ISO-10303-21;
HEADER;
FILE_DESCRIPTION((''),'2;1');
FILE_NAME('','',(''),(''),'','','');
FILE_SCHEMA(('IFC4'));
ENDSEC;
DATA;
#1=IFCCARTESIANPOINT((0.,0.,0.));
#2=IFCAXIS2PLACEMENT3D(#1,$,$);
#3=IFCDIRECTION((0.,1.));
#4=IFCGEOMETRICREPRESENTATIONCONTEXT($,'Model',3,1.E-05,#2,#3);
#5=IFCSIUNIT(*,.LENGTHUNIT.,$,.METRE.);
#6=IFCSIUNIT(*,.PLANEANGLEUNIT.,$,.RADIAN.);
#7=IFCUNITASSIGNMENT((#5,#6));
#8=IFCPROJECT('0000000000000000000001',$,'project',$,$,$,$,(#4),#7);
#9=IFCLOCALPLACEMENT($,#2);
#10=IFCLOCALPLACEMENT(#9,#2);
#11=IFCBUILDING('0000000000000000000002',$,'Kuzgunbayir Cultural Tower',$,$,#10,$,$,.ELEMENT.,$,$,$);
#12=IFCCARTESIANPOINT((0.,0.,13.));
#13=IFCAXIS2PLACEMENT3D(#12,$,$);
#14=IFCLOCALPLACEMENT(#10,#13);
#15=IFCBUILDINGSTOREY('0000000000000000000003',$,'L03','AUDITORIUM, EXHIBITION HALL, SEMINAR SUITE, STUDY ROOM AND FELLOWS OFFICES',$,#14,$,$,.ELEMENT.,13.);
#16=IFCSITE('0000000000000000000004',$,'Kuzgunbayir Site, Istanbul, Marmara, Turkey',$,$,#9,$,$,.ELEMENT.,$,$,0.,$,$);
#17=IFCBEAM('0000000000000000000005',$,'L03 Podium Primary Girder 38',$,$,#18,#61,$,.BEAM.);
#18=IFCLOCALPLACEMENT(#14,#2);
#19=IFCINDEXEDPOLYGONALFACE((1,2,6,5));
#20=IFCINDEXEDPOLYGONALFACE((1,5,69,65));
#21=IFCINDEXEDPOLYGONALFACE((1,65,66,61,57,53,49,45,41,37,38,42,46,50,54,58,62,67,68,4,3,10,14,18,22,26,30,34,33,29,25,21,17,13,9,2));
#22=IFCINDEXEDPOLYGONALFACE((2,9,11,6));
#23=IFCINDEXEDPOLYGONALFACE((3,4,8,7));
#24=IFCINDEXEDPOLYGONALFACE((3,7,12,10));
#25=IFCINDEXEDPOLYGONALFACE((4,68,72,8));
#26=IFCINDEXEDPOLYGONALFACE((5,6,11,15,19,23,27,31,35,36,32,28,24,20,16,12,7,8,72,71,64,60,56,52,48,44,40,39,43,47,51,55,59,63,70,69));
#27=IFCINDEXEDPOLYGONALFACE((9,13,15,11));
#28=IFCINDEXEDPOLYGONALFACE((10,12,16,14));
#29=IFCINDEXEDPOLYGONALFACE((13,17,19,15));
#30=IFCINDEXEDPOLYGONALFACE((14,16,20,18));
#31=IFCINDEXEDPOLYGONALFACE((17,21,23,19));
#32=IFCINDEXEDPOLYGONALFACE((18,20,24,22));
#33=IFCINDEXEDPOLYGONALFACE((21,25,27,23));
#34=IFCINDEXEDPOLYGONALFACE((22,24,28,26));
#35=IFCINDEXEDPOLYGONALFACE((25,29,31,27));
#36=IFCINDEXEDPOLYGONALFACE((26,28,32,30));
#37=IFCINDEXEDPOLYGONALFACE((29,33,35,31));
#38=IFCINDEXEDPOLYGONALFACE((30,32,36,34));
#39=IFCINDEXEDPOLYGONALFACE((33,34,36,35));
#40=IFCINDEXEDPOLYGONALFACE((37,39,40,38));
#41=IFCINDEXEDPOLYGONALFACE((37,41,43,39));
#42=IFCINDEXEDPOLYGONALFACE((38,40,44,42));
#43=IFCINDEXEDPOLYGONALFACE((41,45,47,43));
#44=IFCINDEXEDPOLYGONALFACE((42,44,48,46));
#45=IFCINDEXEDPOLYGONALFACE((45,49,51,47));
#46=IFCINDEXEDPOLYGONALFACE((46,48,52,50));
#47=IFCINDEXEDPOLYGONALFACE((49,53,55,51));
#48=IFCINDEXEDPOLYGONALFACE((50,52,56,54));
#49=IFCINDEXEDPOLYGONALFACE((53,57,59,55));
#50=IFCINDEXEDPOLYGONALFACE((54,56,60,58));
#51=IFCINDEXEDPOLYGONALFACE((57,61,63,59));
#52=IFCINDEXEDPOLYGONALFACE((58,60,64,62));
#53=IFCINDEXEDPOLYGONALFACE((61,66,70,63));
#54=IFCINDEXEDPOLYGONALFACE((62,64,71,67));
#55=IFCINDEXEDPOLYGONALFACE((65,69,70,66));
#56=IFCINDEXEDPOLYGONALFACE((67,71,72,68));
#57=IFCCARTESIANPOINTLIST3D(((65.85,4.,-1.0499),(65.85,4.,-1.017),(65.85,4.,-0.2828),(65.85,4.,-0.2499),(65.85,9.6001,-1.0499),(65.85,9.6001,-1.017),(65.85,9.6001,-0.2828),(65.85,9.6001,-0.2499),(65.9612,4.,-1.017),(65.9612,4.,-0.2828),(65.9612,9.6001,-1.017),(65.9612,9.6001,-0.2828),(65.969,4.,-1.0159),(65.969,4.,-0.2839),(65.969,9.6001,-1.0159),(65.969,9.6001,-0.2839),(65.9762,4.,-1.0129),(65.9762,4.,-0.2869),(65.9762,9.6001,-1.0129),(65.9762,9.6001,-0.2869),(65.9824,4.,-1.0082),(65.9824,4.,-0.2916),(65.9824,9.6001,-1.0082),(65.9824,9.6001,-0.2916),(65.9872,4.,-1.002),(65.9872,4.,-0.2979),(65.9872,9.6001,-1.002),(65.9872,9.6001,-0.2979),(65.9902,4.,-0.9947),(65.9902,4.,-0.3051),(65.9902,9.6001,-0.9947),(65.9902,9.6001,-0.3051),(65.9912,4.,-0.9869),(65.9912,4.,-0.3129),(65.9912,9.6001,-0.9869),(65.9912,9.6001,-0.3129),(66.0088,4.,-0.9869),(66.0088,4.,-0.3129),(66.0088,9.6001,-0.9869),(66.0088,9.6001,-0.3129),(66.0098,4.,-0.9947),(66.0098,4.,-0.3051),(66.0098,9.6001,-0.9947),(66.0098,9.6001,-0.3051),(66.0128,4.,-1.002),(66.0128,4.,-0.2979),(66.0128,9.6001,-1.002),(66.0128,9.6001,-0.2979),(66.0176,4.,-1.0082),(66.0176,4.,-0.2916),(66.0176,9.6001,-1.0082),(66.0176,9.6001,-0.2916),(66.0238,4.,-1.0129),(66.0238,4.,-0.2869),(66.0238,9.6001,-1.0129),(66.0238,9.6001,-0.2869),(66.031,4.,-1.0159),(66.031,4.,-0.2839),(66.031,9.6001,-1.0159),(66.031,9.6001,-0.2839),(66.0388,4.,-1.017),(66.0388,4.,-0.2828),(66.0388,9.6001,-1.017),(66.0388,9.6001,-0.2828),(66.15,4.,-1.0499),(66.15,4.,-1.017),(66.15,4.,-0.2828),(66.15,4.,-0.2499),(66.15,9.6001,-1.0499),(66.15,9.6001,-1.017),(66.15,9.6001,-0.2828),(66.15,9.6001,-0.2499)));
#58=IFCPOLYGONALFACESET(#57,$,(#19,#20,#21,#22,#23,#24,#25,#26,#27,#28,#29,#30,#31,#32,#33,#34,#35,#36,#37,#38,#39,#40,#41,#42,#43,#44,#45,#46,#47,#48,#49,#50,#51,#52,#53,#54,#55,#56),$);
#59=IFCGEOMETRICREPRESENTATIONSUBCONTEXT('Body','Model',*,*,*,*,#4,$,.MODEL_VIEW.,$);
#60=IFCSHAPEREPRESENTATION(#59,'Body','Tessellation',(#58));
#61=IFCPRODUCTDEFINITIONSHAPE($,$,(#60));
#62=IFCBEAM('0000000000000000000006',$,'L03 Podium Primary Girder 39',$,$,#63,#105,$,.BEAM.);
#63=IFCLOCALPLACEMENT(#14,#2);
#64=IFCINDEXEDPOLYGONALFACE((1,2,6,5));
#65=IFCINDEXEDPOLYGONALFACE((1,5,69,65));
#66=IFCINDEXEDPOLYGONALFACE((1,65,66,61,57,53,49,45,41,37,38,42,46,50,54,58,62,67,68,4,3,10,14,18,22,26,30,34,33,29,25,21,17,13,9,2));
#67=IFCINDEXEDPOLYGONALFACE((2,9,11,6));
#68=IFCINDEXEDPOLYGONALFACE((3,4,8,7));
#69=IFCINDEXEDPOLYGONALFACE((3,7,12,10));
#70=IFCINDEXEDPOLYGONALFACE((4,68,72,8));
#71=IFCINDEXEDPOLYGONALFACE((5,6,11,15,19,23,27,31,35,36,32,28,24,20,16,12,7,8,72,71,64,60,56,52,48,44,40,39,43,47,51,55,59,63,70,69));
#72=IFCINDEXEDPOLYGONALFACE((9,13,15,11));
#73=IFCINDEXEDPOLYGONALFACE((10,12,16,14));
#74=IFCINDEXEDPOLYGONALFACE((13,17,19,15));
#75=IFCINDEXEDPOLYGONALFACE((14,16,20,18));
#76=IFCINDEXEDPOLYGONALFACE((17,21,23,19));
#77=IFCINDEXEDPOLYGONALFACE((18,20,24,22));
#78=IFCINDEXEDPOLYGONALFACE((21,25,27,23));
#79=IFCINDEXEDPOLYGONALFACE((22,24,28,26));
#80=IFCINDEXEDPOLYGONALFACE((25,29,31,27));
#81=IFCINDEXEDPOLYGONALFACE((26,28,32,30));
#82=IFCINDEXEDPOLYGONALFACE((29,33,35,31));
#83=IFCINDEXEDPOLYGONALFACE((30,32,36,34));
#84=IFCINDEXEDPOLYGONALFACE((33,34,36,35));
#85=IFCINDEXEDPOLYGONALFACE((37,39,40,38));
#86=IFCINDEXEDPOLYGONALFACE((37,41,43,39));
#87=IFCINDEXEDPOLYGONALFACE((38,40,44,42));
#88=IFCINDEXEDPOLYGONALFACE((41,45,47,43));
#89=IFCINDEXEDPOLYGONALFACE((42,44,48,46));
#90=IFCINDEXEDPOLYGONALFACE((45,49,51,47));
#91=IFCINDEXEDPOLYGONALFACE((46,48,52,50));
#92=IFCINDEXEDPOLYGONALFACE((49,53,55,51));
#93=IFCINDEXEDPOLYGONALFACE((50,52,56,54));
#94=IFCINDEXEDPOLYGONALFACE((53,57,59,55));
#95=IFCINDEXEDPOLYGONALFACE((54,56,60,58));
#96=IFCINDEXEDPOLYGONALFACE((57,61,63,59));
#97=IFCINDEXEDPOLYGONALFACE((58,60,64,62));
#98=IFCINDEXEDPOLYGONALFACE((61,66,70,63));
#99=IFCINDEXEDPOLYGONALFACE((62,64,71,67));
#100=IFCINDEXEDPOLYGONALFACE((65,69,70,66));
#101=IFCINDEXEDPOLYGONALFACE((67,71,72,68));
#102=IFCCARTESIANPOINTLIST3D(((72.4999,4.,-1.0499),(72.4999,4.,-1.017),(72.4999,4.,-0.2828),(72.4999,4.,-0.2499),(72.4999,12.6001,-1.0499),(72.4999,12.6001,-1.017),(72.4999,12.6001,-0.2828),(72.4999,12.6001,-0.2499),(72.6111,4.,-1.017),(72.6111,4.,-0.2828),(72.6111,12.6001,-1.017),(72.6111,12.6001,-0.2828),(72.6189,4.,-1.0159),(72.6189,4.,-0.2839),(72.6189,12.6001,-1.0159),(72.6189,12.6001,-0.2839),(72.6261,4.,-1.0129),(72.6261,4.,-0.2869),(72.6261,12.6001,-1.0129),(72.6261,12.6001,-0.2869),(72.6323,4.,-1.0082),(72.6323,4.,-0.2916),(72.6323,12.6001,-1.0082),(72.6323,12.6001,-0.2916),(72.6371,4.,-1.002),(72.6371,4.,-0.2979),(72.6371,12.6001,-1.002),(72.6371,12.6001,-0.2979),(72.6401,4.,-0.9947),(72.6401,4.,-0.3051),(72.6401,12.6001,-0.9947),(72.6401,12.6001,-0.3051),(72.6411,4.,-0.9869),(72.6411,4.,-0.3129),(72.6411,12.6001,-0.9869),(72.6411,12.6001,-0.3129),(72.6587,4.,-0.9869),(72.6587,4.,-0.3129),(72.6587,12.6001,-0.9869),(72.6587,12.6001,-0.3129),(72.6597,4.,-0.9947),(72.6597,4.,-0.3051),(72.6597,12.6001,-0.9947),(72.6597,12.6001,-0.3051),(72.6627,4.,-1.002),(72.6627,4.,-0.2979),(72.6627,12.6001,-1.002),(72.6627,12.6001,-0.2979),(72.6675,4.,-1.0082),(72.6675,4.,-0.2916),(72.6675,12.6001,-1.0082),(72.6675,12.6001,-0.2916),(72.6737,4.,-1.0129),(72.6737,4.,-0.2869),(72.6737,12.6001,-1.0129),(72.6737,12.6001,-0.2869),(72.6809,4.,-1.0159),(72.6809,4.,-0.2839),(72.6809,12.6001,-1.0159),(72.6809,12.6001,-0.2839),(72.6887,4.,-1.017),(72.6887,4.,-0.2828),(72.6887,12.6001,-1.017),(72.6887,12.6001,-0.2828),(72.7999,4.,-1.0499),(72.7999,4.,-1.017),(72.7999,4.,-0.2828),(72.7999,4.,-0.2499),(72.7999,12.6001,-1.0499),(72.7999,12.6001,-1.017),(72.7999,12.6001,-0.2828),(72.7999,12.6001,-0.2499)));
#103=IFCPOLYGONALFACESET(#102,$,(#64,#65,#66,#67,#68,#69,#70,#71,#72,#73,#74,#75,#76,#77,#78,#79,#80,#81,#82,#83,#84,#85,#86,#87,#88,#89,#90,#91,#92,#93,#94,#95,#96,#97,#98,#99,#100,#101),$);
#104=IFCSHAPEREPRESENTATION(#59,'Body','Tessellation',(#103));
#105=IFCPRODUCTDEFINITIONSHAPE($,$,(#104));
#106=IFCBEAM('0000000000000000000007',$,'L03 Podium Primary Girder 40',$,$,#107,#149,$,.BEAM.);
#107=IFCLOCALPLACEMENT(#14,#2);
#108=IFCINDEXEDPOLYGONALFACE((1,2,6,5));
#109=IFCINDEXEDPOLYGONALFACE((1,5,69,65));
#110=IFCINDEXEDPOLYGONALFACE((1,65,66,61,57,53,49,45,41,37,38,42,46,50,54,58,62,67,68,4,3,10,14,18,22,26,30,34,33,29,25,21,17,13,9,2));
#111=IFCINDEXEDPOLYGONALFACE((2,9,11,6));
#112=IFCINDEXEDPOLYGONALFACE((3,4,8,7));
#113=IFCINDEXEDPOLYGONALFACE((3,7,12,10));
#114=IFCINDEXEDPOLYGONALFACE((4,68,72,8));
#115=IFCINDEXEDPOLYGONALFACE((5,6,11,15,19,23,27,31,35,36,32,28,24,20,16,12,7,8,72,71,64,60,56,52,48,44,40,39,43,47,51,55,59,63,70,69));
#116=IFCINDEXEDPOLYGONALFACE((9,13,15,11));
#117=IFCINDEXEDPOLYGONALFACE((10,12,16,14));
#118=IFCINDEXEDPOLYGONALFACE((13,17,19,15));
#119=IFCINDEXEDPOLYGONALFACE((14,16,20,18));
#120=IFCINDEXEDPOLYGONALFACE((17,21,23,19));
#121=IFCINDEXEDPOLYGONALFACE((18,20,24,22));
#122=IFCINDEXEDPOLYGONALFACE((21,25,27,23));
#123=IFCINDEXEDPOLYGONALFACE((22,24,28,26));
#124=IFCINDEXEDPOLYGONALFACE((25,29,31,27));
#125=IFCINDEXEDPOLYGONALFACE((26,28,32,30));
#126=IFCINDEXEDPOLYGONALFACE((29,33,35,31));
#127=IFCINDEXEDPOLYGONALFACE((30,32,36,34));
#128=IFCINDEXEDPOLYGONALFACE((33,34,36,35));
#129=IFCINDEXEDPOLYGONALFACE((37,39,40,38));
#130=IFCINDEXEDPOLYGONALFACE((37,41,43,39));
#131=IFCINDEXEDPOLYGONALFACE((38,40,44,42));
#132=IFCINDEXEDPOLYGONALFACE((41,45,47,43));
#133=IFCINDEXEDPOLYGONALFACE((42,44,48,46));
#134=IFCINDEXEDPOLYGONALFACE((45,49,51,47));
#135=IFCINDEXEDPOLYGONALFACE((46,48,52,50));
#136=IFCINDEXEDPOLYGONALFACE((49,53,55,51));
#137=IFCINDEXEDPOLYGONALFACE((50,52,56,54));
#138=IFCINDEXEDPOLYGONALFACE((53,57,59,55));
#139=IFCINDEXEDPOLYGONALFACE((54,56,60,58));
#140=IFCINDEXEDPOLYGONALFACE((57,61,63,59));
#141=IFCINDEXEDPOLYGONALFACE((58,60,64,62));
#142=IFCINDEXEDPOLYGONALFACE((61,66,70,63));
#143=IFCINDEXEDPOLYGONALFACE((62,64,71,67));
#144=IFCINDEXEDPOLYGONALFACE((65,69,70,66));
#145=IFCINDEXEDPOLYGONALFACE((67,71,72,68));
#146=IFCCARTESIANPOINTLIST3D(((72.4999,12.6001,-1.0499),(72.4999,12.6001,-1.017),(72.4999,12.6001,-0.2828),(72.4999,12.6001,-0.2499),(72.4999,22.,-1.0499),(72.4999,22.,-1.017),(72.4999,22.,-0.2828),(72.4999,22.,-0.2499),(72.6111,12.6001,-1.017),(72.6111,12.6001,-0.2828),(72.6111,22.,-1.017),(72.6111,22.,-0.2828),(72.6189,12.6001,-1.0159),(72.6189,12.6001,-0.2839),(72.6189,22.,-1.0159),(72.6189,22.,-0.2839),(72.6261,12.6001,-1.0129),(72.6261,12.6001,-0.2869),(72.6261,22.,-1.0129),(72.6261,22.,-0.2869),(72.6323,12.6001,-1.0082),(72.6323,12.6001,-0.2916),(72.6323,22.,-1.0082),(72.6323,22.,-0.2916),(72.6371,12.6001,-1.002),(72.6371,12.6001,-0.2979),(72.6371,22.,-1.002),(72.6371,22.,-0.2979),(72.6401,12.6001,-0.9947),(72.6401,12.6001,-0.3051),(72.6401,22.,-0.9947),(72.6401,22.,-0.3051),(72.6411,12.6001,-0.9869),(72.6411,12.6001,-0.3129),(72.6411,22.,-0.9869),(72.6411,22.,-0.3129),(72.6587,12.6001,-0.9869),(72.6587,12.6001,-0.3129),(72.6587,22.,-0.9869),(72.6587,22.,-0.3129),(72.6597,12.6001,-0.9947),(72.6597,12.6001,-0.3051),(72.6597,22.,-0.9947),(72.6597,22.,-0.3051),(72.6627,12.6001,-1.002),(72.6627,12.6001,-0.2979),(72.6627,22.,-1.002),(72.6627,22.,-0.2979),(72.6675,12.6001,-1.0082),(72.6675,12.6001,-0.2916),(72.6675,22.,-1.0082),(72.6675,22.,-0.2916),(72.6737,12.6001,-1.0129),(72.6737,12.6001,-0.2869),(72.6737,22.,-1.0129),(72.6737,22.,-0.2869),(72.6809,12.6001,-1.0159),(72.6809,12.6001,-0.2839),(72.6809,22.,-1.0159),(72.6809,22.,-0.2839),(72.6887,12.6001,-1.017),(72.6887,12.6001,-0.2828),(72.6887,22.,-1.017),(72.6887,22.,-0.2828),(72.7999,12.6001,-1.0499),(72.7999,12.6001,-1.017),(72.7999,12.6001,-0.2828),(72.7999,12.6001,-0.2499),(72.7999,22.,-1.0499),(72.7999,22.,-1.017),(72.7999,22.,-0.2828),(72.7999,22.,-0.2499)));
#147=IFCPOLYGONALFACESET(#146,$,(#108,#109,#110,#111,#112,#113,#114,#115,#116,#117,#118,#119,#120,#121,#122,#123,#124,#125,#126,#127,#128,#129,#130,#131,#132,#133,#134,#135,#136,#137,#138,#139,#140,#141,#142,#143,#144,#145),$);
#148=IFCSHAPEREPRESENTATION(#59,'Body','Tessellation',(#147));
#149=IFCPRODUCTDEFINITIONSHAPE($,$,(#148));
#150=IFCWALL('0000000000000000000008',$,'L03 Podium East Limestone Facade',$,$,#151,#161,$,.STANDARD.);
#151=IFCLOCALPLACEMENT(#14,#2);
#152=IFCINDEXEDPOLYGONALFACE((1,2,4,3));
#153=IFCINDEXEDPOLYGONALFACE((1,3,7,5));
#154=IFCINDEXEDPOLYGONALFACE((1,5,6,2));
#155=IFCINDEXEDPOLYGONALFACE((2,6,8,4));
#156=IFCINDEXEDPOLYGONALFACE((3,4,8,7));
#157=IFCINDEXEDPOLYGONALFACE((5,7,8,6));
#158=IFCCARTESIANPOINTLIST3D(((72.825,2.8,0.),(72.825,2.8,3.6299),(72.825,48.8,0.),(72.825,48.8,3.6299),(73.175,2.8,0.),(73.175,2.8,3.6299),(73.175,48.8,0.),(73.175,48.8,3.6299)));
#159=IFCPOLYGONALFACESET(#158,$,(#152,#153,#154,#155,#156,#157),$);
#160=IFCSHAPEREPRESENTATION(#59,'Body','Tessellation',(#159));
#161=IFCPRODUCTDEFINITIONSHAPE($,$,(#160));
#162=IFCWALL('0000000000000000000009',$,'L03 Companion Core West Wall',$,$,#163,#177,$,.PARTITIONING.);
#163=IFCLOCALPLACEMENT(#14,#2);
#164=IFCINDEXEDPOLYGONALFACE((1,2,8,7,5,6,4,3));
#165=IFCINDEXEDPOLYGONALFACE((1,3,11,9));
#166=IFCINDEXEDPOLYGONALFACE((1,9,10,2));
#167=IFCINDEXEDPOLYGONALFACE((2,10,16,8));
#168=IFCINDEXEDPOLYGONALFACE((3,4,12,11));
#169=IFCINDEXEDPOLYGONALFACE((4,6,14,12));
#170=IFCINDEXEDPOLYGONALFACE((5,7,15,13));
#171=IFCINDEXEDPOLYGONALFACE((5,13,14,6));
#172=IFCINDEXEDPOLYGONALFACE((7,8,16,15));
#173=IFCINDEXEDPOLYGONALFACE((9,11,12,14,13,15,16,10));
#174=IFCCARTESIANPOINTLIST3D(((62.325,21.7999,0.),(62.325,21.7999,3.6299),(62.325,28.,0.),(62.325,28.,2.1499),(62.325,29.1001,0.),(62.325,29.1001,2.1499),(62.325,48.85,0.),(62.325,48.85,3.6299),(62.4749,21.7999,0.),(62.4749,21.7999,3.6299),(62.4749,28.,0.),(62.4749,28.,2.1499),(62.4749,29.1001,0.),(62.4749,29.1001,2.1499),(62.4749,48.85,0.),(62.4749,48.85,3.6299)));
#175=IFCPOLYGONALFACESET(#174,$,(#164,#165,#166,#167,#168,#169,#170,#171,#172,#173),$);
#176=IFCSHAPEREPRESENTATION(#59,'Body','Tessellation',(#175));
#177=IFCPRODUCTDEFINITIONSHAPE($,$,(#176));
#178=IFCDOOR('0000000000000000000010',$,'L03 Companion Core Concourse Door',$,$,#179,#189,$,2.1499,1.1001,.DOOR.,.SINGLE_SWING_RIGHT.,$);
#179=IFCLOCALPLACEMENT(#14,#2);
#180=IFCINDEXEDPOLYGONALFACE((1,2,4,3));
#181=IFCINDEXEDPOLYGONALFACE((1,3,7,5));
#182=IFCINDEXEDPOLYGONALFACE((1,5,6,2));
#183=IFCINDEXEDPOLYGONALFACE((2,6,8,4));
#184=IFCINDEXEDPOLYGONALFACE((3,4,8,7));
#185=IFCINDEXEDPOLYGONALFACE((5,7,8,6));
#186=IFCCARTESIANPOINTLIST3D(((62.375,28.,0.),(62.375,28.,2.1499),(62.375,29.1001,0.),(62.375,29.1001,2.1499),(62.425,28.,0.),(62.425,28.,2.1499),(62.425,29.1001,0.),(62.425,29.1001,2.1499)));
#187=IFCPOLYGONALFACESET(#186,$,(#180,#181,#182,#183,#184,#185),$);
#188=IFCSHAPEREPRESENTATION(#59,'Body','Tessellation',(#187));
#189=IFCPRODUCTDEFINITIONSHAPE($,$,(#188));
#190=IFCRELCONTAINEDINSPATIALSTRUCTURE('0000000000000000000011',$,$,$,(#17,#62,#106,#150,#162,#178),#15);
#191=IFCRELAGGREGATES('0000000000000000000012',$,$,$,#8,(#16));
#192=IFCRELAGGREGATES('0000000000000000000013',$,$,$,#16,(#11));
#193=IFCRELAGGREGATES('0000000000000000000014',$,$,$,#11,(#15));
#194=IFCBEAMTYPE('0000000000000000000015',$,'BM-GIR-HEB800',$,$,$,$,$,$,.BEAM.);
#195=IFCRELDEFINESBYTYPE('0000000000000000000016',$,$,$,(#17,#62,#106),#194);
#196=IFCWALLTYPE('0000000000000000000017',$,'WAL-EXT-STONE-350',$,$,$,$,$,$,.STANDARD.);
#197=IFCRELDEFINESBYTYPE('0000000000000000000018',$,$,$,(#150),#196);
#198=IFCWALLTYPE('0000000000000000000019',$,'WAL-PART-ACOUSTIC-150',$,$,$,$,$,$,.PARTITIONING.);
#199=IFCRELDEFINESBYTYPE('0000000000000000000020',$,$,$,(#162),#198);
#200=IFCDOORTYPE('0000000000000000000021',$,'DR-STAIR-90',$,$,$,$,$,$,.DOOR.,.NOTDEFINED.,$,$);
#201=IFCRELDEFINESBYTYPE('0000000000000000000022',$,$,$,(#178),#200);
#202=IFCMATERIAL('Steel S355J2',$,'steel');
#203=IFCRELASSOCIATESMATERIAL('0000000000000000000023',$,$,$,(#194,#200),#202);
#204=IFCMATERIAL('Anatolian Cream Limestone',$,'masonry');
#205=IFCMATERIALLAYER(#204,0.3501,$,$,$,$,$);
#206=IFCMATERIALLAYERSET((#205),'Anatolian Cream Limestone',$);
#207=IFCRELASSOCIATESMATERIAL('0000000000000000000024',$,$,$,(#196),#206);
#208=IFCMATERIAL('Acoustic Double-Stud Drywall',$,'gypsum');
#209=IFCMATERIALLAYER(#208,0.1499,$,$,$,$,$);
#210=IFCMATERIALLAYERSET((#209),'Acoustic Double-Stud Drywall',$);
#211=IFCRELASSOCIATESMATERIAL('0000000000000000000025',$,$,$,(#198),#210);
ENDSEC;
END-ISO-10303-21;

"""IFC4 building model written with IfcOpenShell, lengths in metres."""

from ifc_helpers import new_model, si_unit, direction, frame, frame_2d, origin, origin_2d, place, context, subcontext, project, spatial, rectangle, i_section, extrude, material, layer, layer_set, material_profile, profile_set, type_object, element, fill, save


model = new_model("IFC4")

# Units and contexts
model_context = context("Model", 3, precision=1e-05, world=origin(), true_north=direction((0.0, 1.0)))
body_context = subcontext(model_context, "Body", "Model", "MODEL_VIEW")
ifc_project = project(units=[si_unit("LENGTHUNIT", "METRE"), si_unit("PLANEANGLEUNIT", "RADIAN")], contexts=[model_context])

# Site, building, storey
site_placement = place(None, origin())
site = spatial("IfcSite", under=ifc_project, at=site_placement, Name="Kuzgunbayir Site, Istanbul, Marmara, Turkey", CompositionType="ELEMENT", RefElevation=0.0)
building_placement = place(site_placement, origin())
building = spatial("IfcBuilding", under=site, at=building_placement, Name="Kuzgunbayir Cultural Tower", CompositionType="ELEMENT")
storey_placement = place(building_placement, frame((0.0, 0.0, 13.0)))
storey = spatial("IfcBuildingStorey", under=building, at=storey_placement, Name="L03", Description="AUDITORIUM, EXHIBITION HALL, SEMINAR SUITE, STUDY ROOM AND FELLOWS OFFICES", CompositionType="ELEMENT", Elevation=13.0)

# Beams
ifc_material_1 = material(Name="Steel S355J2", Category="steel")
ifc_material_profile_1 = material_profile(ifc_material_1, i_section(OverallWidth=0.3, OverallDepth=0.8, WebThickness=0.0176, FlangeThickness=0.033, FilletRadius=0.03, at=origin_2d()), Name="HEB 800")
ifc_profile_set_1 = profile_set([ifc_material_profile_1], Name="Steel S355J2")
beam_type = type_object("IfcBeamType", Name="BM-GIR-HEB800", PredefinedType="BEAM", material=ifc_profile_set_1)
for number, where, z_axis, x_axis, name in (
    (1, (66.0, 4.0, -0.6499), (0.0, 1.0, 0.0), (-1.0, 0.0, 0.0), "L03 Podium Primary Girder 38"),
):
    element("IfcBeam", number, at=place(storey_placement, frame(where, z_axis=z_axis, x_axis=x_axis)), inside=storey, type_object=beam_type, Name=name, PredefinedType="BEAM", context=body_context, shape_type="SweptSolid", body=[
        extrude(i_section(OverallWidth=0.3, OverallDepth=0.8, WebThickness=0.0176, FlangeThickness=0.033, FilletRadius=0.03, at=origin_2d()), origin(), (0.0, 0.0, 1.0), 5.6001),
    ])
beam_1_placement = place(storey_placement, frame((72.6499, 4.0, -0.6499), z_axis=(0.0, 1.0, 0.0), x_axis=(-1.0, 0.0, 0.0)))
element("IfcBeam", 2, at=beam_1_placement, inside=storey, type_object=beam_type, Name="L03 Podium Primary Girder 39", PredefinedType="BEAM", context=body_context, shape_type="SweptSolid", body=[
    extrude(i_section(OverallWidth=0.3, OverallDepth=0.8, WebThickness=0.0176, FlangeThickness=0.033, FilletRadius=0.03, at=origin_2d()), origin(), (0.0, 0.0, 1.0), 8.6001),
])
beam_2_placement = place(storey_placement, frame((72.6499, 12.6001, -0.6499), z_axis=(0.0, 1.0, 0.0), x_axis=(-1.0, 0.0, 0.0)))
element("IfcBeam", 3, at=beam_2_placement, inside=storey, type_object=beam_type, Name="L03 Podium Primary Girder 40", PredefinedType="BEAM", context=body_context, shape_type="SweptSolid", body=[
    extrude(i_section(OverallWidth=0.3, OverallDepth=0.8, WebThickness=0.0176, FlangeThickness=0.033, FilletRadius=0.03, at=origin_2d()), origin(), (0.0, 0.0, 1.0), 9.3999),
])

# Wall
ifc_material_2 = material(Name="Anatolian Cream Limestone", Category="masonry")
ifc_layer_1 = layer(ifc_material_2, 0.3501)
ifc_layer_set_1 = layer_set([ifc_layer_1], Name="Anatolian Cream Limestone")
wall_type_1 = type_object("IfcWallType", Name="WAL-EXT-STONE-350", PredefinedType="STANDARD", material=ifc_layer_set_1)
wall_1_placement = place(storey_placement, frame((73.0, 2.8, 0.0), z_axis=(0.0, 0.0, 1.0), x_axis=(0.0, 1.0, 0.0)))
element("IfcWall", 4, at=wall_1_placement, inside=storey, type_object=wall_type_1, Name="L03 Podium East Limestone Facade", PredefinedType="STANDARD", context=body_context, shape_type="SweptSolid", body=[
    extrude(rectangle(XDim=46.0, YDim=0.3501, at=frame_2d((23.0, 0.0))), origin(), (0.0, 0.0, 1.0), 3.6299),
])

# Wall, opening, door
ifc_material_3 = material(Name="Acoustic Double-Stud Drywall", Category="gypsum")
ifc_layer_2 = layer(ifc_material_3, 0.1499)
ifc_layer_set_2 = layer_set([ifc_layer_2], Name="Acoustic Double-Stud Drywall")
wall_type_2 = type_object("IfcWallType", Name="WAL-PART-ACOUSTIC-150", PredefinedType="PARTITIONING", material=ifc_layer_set_2)
wall_2_placement = place(storey_placement, frame((62.3999, 21.8, 0.0), z_axis=(0.0, 0.0, 1.0), x_axis=(0.0, 1.0, 0.0)))
wall_2 = element("IfcWall", 5, at=wall_2_placement, inside=storey, type_object=wall_type_2, Name="L03 Companion Core West Wall", PredefinedType="PARTITIONING", context=body_context, shape_type="SweptSolid", body=[
    extrude(rectangle(XDim=27.05, YDim=0.1499, at=frame_2d((13.5249, 0.0))), origin(), (0.0, 0.0, 1.0), 3.6299),
])
opening_1_placement = place(wall_2_placement, frame((6.2, 0.0, 0.0)))
opening_1 = element("IfcOpeningElement", 6, at=opening_1_placement, cuts=wall_2, PredefinedType="OPENING", context=body_context, shape_type="SweptSolid", body=[
    extrude(rectangle(XDim=1.1001, YDim=2.1499, at=frame_2d((0.55, 1.075))), frame((0.0, 0.085, 0.0), z_axis=(0.0, -1.0, 0.0), x_axis=(1.0, 0.0, 0.0)), (0.0, 0.0, 1.0), 0.1699),
])
door_type = type_object("IfcDoorType", Name="DR-STAIR-90", OperationType="NOTDEFINED", PredefinedType="DOOR", material=ifc_material_1)
door_1_placement = place(opening_1_placement, origin())
door_1 = element("IfcDoor", 7, at=door_1_placement, inside=storey, type_object=door_type, Name="L03 Companion Core Concourse Door", OperationType="SINGLE_SWING_RIGHT", OverallHeight=2.1499, OverallWidth=1.1001, PredefinedType="DOOR", context=body_context, shape_type="SweptSolid", body=[
    extrude(rectangle(XDim=1.1001, YDim=2.1499, at=frame_2d((0.55, 1.075))), frame((0.0, 0.0249, 0.0), z_axis=(0.0, -1.0, 0.0), x_axis=(1.0, 0.0, 0.0)), (0.0, 0.0, 1.0), 0.05),
])
fill(opening_1, door_1)

save(model, "model.ifc")
